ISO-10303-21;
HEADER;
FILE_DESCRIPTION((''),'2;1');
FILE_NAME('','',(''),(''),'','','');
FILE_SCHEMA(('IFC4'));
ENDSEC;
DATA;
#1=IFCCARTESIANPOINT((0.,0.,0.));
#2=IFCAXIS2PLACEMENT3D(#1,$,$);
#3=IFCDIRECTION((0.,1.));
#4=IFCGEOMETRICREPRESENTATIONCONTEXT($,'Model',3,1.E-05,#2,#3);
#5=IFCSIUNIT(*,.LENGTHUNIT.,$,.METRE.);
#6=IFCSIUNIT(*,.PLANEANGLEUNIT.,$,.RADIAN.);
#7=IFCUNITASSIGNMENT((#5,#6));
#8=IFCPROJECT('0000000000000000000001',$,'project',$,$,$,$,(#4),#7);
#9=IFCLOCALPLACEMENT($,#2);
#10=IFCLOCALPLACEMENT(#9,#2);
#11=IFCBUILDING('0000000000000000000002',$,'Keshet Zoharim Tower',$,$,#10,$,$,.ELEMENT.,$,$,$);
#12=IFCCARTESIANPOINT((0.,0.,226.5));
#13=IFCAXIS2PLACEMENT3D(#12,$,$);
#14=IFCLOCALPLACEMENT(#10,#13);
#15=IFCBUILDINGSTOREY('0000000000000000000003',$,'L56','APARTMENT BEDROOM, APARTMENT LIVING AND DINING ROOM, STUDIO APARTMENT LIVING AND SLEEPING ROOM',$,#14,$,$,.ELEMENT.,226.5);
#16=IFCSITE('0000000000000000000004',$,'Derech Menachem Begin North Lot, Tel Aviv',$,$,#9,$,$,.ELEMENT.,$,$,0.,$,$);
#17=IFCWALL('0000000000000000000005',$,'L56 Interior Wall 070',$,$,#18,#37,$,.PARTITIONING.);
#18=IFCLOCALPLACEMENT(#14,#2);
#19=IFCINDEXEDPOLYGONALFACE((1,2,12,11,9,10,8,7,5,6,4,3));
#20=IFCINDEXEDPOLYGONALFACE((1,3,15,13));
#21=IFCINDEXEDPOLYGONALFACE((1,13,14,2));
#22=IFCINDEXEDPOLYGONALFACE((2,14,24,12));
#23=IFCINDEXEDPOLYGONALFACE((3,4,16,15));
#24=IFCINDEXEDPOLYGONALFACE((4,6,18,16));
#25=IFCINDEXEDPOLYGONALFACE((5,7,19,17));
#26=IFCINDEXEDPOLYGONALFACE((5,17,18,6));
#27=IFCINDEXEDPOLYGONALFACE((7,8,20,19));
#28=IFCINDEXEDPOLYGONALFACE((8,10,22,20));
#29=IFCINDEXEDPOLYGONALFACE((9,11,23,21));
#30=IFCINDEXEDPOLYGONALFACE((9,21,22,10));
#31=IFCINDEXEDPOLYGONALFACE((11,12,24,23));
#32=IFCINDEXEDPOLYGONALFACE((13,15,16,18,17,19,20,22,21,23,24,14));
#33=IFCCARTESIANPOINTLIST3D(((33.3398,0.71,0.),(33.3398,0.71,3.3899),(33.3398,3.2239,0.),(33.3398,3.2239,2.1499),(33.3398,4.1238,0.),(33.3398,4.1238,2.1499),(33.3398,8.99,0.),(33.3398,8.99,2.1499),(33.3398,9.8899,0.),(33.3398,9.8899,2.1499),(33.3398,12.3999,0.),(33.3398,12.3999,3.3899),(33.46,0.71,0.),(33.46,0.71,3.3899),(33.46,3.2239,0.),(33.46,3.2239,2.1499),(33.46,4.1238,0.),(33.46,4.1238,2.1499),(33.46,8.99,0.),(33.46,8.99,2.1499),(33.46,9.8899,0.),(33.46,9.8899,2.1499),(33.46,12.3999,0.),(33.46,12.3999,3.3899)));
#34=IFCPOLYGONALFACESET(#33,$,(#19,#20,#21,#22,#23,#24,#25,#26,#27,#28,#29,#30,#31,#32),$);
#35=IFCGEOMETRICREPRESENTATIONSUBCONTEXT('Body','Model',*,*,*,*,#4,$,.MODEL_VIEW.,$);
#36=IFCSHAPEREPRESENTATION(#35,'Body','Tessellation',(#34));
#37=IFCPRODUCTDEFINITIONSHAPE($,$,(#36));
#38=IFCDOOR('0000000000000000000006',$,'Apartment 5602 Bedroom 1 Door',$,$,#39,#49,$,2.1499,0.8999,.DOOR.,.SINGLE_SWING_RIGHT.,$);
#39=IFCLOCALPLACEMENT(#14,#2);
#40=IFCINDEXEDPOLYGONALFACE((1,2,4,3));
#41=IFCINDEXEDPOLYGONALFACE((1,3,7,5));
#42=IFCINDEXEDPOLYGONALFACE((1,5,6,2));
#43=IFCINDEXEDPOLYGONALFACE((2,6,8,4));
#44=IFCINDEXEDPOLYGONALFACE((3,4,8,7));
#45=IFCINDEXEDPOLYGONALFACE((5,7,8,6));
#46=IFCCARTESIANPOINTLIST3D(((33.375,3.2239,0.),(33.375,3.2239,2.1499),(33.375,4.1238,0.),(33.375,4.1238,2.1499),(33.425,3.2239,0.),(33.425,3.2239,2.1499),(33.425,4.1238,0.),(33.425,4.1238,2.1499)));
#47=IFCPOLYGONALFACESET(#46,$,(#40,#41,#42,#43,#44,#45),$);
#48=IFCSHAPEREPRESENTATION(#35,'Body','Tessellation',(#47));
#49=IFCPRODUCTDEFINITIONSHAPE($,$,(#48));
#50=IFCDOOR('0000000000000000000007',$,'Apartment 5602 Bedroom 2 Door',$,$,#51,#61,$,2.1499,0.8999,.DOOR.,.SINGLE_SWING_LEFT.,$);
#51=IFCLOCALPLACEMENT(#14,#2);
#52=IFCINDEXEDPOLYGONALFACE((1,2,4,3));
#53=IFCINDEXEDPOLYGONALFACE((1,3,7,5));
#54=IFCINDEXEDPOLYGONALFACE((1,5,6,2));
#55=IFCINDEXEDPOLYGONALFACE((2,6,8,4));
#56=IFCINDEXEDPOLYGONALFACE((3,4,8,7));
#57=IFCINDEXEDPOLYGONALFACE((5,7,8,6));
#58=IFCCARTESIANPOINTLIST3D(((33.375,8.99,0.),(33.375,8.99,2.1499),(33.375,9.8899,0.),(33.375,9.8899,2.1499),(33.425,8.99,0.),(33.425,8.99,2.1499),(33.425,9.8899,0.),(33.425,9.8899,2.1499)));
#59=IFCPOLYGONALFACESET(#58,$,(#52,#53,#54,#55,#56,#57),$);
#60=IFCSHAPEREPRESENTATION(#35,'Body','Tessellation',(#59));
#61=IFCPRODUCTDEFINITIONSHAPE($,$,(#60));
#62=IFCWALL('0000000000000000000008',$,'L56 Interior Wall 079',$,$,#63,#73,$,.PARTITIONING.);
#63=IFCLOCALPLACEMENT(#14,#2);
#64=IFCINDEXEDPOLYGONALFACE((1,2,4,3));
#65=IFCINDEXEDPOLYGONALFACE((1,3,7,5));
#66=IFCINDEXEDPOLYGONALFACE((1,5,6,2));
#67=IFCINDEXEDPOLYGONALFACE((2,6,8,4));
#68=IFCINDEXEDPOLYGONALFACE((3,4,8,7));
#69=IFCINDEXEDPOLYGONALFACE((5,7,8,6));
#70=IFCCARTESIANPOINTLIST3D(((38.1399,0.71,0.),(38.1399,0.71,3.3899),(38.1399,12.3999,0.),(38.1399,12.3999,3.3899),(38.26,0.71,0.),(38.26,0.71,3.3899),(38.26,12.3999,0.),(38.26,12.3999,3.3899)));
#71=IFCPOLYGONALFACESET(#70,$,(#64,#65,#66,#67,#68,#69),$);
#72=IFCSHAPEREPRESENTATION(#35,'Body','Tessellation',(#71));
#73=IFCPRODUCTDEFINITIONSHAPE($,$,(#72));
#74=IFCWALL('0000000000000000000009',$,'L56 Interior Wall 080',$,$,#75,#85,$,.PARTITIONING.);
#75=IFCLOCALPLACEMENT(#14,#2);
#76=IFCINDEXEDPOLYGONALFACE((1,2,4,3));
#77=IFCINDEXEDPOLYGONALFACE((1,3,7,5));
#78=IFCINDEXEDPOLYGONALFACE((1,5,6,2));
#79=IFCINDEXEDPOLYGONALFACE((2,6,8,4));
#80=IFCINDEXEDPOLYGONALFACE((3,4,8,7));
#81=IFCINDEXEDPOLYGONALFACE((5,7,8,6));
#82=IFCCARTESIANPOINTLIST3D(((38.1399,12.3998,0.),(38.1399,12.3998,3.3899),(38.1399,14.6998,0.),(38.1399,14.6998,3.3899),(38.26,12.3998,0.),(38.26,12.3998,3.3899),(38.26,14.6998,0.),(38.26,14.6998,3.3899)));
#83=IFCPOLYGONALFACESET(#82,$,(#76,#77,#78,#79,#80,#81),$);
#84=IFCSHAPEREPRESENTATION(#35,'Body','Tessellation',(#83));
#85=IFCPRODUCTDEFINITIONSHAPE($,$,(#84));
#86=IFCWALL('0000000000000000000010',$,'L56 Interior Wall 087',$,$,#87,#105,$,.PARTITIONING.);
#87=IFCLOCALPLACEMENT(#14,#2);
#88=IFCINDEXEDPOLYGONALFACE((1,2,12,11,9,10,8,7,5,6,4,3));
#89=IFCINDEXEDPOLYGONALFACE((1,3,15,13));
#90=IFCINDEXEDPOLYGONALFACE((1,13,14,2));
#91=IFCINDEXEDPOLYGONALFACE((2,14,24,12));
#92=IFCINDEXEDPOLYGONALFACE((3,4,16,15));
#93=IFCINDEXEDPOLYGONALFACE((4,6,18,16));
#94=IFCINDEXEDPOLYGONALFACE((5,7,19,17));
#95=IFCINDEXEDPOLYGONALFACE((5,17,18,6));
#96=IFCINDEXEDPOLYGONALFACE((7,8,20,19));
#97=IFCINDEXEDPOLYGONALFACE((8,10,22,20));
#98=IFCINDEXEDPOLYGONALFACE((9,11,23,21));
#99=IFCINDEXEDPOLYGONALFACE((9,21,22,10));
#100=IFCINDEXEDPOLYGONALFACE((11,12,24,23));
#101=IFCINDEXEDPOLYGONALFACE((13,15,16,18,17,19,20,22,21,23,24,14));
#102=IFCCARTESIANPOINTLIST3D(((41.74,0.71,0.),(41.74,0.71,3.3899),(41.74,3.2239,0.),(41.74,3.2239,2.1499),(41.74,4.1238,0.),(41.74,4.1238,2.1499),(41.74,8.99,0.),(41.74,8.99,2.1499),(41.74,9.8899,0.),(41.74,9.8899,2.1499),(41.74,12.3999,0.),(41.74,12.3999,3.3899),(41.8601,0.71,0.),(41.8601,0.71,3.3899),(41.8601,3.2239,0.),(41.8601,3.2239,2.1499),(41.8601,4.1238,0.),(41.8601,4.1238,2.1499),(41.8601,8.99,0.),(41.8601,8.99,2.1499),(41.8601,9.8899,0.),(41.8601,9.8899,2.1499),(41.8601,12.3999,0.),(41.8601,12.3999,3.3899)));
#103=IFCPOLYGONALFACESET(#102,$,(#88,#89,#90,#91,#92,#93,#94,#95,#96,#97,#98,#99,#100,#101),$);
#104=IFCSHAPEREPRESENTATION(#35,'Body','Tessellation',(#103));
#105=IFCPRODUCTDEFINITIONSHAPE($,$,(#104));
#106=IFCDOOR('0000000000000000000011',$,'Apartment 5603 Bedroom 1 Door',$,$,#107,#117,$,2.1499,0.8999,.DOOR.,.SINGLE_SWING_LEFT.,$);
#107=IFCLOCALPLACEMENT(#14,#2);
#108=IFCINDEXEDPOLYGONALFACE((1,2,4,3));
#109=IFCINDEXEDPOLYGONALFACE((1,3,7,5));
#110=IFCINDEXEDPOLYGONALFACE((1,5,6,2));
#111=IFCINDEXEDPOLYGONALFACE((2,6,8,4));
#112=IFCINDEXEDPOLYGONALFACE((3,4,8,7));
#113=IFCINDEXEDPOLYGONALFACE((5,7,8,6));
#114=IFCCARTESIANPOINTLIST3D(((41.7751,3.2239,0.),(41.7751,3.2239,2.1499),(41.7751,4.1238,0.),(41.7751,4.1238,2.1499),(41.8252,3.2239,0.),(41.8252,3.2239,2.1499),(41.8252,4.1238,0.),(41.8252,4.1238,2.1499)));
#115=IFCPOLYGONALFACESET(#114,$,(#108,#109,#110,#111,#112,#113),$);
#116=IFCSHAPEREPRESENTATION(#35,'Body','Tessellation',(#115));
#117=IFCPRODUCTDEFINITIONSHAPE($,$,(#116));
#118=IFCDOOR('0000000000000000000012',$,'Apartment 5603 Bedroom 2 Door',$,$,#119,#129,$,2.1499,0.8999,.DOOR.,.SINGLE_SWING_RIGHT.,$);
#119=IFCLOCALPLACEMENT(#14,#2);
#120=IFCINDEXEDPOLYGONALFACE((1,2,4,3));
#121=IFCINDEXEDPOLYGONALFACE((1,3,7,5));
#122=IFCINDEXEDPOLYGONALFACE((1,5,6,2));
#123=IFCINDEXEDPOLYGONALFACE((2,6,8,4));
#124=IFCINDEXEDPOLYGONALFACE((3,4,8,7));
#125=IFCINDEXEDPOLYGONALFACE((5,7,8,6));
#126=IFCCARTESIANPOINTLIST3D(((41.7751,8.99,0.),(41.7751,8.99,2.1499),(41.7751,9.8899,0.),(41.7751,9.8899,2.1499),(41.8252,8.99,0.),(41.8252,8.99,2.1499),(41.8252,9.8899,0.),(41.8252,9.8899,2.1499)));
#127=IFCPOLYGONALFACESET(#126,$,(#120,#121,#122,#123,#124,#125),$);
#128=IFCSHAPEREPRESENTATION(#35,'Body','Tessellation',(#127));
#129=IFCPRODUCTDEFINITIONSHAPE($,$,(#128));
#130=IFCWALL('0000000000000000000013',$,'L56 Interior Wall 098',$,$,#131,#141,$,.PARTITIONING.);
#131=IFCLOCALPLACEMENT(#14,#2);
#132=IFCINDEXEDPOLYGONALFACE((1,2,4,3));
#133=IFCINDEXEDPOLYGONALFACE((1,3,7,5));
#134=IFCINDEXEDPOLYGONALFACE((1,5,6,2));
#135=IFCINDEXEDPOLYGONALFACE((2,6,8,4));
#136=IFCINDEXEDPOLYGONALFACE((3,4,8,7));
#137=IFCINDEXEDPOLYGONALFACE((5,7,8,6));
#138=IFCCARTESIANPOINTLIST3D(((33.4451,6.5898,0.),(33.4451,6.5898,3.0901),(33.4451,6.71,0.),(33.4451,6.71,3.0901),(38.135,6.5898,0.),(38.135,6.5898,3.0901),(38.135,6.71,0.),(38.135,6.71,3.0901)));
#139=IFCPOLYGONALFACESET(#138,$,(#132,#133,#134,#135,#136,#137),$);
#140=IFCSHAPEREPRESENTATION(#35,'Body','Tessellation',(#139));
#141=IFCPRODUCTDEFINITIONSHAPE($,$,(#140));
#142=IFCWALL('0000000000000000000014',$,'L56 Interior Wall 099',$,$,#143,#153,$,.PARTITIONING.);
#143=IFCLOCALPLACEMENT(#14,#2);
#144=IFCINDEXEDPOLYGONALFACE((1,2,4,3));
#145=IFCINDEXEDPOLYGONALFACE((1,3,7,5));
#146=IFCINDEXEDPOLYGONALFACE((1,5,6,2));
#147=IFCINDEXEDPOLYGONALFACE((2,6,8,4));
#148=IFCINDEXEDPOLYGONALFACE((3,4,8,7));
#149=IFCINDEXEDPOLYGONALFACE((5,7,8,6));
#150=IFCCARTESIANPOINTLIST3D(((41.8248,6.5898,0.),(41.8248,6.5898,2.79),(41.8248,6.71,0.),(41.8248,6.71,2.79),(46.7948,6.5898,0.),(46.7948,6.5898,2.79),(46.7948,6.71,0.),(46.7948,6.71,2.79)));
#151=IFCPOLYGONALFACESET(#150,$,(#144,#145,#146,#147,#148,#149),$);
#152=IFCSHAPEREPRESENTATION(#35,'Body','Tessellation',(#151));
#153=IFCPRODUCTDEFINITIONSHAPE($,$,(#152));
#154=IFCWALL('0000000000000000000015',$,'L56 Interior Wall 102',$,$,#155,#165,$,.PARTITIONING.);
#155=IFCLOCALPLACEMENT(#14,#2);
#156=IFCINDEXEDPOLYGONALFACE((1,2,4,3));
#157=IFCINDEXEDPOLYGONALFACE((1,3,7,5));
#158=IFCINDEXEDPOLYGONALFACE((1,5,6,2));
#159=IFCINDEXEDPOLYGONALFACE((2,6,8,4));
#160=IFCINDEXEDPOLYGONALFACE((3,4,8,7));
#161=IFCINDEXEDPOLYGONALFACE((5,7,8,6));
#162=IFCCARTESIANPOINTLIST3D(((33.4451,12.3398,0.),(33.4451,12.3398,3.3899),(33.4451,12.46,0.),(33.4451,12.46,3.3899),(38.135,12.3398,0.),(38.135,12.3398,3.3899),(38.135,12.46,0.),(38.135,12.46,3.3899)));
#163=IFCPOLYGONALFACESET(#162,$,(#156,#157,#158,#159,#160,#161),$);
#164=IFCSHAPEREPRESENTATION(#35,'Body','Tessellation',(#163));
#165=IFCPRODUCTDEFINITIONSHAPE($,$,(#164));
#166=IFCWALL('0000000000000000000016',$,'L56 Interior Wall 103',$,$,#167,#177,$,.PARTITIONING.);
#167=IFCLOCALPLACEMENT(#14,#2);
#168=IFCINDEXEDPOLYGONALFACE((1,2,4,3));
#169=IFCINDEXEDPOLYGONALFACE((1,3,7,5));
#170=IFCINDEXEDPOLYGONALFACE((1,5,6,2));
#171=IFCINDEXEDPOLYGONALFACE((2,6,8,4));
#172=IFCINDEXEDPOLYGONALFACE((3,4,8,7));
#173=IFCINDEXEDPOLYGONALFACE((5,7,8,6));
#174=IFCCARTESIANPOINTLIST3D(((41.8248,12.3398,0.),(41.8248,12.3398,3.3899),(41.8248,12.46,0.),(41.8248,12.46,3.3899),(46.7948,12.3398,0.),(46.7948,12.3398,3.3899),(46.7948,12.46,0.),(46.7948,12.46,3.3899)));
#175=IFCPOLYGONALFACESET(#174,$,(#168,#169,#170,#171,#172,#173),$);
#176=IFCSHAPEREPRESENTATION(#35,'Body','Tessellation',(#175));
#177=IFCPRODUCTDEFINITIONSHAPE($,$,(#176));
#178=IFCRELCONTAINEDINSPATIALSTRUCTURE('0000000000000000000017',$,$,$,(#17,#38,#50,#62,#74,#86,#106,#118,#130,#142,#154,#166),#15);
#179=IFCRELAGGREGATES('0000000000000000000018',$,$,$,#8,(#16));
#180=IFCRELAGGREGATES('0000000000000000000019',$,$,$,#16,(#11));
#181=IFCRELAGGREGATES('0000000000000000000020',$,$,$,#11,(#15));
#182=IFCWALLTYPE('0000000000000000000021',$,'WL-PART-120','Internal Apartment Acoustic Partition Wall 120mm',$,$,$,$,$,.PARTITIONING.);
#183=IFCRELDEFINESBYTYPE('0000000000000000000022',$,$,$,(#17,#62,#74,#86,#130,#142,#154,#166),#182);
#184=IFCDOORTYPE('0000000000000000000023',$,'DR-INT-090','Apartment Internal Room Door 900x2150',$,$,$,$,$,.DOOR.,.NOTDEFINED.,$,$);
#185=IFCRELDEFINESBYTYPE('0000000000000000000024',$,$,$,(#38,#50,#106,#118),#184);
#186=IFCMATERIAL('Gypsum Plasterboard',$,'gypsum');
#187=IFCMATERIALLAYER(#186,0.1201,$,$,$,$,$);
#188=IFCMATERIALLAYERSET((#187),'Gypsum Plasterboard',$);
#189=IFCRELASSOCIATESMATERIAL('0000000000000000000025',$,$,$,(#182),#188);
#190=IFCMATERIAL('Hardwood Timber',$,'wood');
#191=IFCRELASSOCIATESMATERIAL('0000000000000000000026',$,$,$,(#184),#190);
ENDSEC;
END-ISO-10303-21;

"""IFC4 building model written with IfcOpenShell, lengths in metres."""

from ifc_helpers import new_model, si_unit, direction, frame, frame_2d, origin, place, context, subcontext, project, spatial, rectangle, extrude, material, layer, layer_set, type_object, element, fill, save


model = new_model("IFC4")

# Units and contexts
model_context = context("Model", 3, precision=1e-05, world=origin(), true_north=direction((0.0, 1.0)))
body_context = subcontext(model_context, "Body", "Model", "MODEL_VIEW")
ifc_project = project(units=[si_unit("LENGTHUNIT", "METRE"), si_unit("PLANEANGLEUNIT", "RADIAN")], contexts=[model_context])

# Site, building, storey
site_placement = place(None, origin())
site = spatial("IfcSite", under=ifc_project, at=site_placement, Name="Derech Menachem Begin North Lot, Tel Aviv", CompositionType="ELEMENT", RefElevation=0.0)
building_placement = place(site_placement, origin())
building = spatial("IfcBuilding", under=site, at=building_placement, Name="Keshet Zoharim Tower", CompositionType="ELEMENT")
storey_placement = place(building_placement, frame((0.0, 0.0, 226.5)))
storey = spatial("IfcBuildingStorey", under=building, at=storey_placement, Name="L56", Description="APARTMENT BEDROOM, APARTMENT LIVING AND DINING ROOM, STUDIO APARTMENT LIVING AND SLEEPING ROOM", CompositionType="ELEMENT", Elevation=226.5)

# Shared definitions
ifc_material_1 = material(Name="Gypsum Plasterboard", Category="gypsum")
ifc_layer_1 = layer(ifc_material_1, 0.1201)
ifc_layer_set_1 = layer_set([ifc_layer_1], Name="Gypsum Plasterboard")
wall_type = type_object("IfcWallType", Name="WL-PART-120", Description="Internal Apartment Acoustic Partition Wall 120mm", PredefinedType="PARTITIONING", material=ifc_layer_set_1)

# Wall, openings, doors
wall_1_placement = place(storey_placement, frame((33.3999, 0.71, 0.0), z_axis=(0.0, 0.0, 1.0), x_axis=(0.0, 1.0, 0.0)))
wall_1 = element("IfcWall", 1, at=wall_1_placement, inside=storey, type_object=wall_type, Name="L56 Interior Wall 070", PredefinedType="PARTITIONING", context=body_context, shape_type="SweptSolid", body=[
    extrude(rectangle(XDim=11.6899, YDim=0.1201, at=frame_2d((5.845, 0.0))), origin(), (0.0, 0.0, 1.0), 3.3899),
])
opening_1_placement = place(wall_1_placement, frame((2.5139, 0.0, 0.0)))
opening_1 = element("IfcOpeningElement", 2, at=opening_1_placement, cuts=wall_1, PredefinedType="OPENING", context=body_context, shape_type="SweptSolid", body=[
    extrude(rectangle(XDim=0.8999, YDim=2.1499, at=frame_2d((0.45, 1.075))), frame((0.0, 0.0701, 0.0), z_axis=(0.0, -1.0, 0.0), x_axis=(1.0, 0.0, 0.0)), (0.0, 0.0, 1.0), 0.1401),
])
opening_2_placement = place(wall_1_placement, frame((8.28, 0.0, 0.0)))
opening_2 = element("IfcOpeningElement", 3, at=opening_2_placement, cuts=wall_1, PredefinedType="OPENING", context=body_context, shape_type="SweptSolid", body=[
    extrude(rectangle(XDim=0.8999, YDim=2.1499, at=frame_2d((0.45, 1.075))), frame((0.0, 0.0701, 0.0), z_axis=(0.0, -1.0, 0.0), x_axis=(1.0, 0.0, 0.0)), (0.0, 0.0, 1.0), 0.1401),
])
ifc_material_2 = material(Name="Hardwood Timber", Category="wood")
door_type = type_object("IfcDoorType", Name="DR-INT-090", Description="Apartment Internal Room Door 900x2150", OperationType="NOTDEFINED", PredefinedType="DOOR", material=ifc_material_2)
door_1_placement = place(opening_1_placement, origin())
door_1 = element("IfcDoor", 4, at=door_1_placement, inside=storey, type_object=door_type, Name="Apartment 5602 Bedroom 1 Door", OperationType="SINGLE_SWING_RIGHT", OverallHeight=2.1499, OverallWidth=0.8999, PredefinedType="DOOR", context=body_context, shape_type="SweptSolid", body=[
    extrude(rectangle(XDim=0.8999, YDim=2.1499, at=frame_2d((0.45, 1.075))), frame((0.0, 0.0249, 0.0), z_axis=(0.0, -1.0, 0.0), x_axis=(1.0, 0.0, 0.0)), (0.0, 0.0, 1.0), 0.05),
])
fill(opening_1, door_1)
door_2_placement = place(opening_2_placement, origin())
door_2 = element("IfcDoor", 5, at=door_2_placement, inside=storey, type_object=door_type, Name="Apartment 5602 Bedroom 2 Door", OperationType="SINGLE_SWING_LEFT", OverallHeight=2.1499, OverallWidth=0.8999, PredefinedType="DOOR", context=body_context, shape_type="SweptSolid", body=[
    extrude(rectangle(XDim=0.8999, YDim=2.1499, at=frame_2d((0.45, 1.075))), frame((0.0, 0.0249, 0.0), z_axis=(0.0, -1.0, 0.0), x_axis=(1.0, 0.0, 0.0)), (0.0, 0.0, 1.0), 0.05),
])
fill(opening_2, door_2)

# Walls
wall_2_placement = place(storey_placement, frame((38.2, 0.71, 0.0), z_axis=(0.0, 0.0, 1.0), x_axis=(0.0, 1.0, 0.0)))
element("IfcWall", 6, at=wall_2_placement, inside=storey, type_object=wall_type, Name="L56 Interior Wall 079", PredefinedType="PARTITIONING", context=body_context, shape_type="SweptSolid", body=[
    extrude(rectangle(XDim=11.6899, YDim=0.1201, at=frame_2d((5.845, 0.0))), origin(), (0.0, 0.0, 1.0), 3.3899),
])
wall_3_placement = place(storey_placement, frame((38.2, 12.3999, 0.0), z_axis=(0.0, 0.0, 1.0), x_axis=(0.0, 1.0, 0.0)))
element("IfcWall", 7, at=wall_3_placement, inside=storey, type_object=wall_type, Name="L56 Interior Wall 080", PredefinedType="PARTITIONING", context=body_context, shape_type="SweptSolid", body=[
    extrude(rectangle(XDim=2.3, YDim=0.1201, at=frame_2d((1.1499, 0.0))), origin(), (0.0, 0.0, 1.0), 3.3899),
])

# Wall, openings, doors
wall_4_placement = place(storey_placement, frame((41.8, 0.71, 0.0), z_axis=(0.0, 0.0, 1.0), x_axis=(0.0, 1.0, 0.0)))
wall_4 = element("IfcWall", 8, at=wall_4_placement, inside=storey, type_object=wall_type, Name="L56 Interior Wall 087", PredefinedType="PARTITIONING", context=body_context, shape_type="SweptSolid", body=[
    extrude(rectangle(XDim=11.6899, YDim=0.1201, at=frame_2d((5.845, 0.0))), origin(), (0.0, 0.0, 1.0), 3.3899),
])
opening_3_placement = place(wall_4_placement, frame((2.5139, 0.0, 0.0)))
opening_3 = element("IfcOpeningElement", 9, at=opening_3_placement, cuts=wall_4, PredefinedType="OPENING", context=body_context, shape_type="SweptSolid", body=[
    extrude(rectangle(XDim=0.8999, YDim=2.1499, at=frame_2d((0.45, 1.075))), frame((0.0, 0.0701, 0.0), z_axis=(0.0, -1.0, 0.0), x_axis=(1.0, 0.0, 0.0)), (0.0, 0.0, 1.0), 0.1401),
])
opening_4_placement = place(wall_4_placement, frame((8.28, 0.0, 0.0)))
opening_4 = element("IfcOpeningElement", 10, at=opening_4_placement, cuts=wall_4, PredefinedType="OPENING", context=body_context, shape_type="SweptSolid", body=[
    extrude(rectangle(XDim=0.8999, YDim=2.1499, at=frame_2d((0.45, 1.075))), frame((0.0, 0.0701, 0.0), z_axis=(0.0, -1.0, 0.0), x_axis=(1.0, 0.0, 0.0)), (0.0, 0.0, 1.0), 0.1401),
])
door_3_placement = place(opening_3_placement, origin())
door_3 = element("IfcDoor", 11, at=door_3_placement, inside=storey, type_object=door_type, Name="Apartment 5603 Bedroom 1 Door", OperationType="SINGLE_SWING_LEFT", OverallHeight=2.1499, OverallWidth=0.8999, PredefinedType="DOOR", context=body_context, shape_type="SweptSolid", body=[
    extrude(rectangle(XDim=0.8999, YDim=2.1499, at=frame_2d((0.45, 1.075))), frame((0.0, 0.0249, 0.0), z_axis=(0.0, -1.0, 0.0), x_axis=(1.0, 0.0, 0.0)), (0.0, 0.0, 1.0), 0.05),
])
fill(opening_3, door_3)
door_4_placement = place(opening_4_placement, origin())
door_4 = element("IfcDoor", 12, at=door_4_placement, inside=storey, type_object=door_type, Name="Apartment 5603 Bedroom 2 Door", OperationType="SINGLE_SWING_RIGHT", OverallHeight=2.1499, OverallWidth=0.8999, PredefinedType="DOOR", context=body_context, shape_type="SweptSolid", body=[
    extrude(rectangle(XDim=0.8999, YDim=2.1499, at=frame_2d((0.45, 1.075))), frame((0.0, 0.0249, 0.0), z_axis=(0.0, -1.0, 0.0), x_axis=(1.0, 0.0, 0.0)), (0.0, 0.0, 1.0), 0.05),
])
fill(opening_4, door_4)

# Walls
wall_5_placement = place(storey_placement, frame((33.4451, 6.6499, 0.0), z_axis=(0.0, 0.0, 1.0), x_axis=(1.0, 0.0, 0.0)))
element("IfcWall", 13, at=wall_5_placement, inside=storey, type_object=wall_type, Name="L56 Interior Wall 098", PredefinedType="PARTITIONING", context=body_context, shape_type="SweptSolid", body=[
    extrude(rectangle(XDim=4.6899, YDim=0.1201, at=frame_2d((2.345, 0.0))), origin(), (0.0, 0.0, 1.0), 3.0901),
])
wall_6_placement = place(storey_placement, frame((41.825, 6.6499, 0.0), z_axis=(0.0, 0.0, 1.0), x_axis=(1.0, 0.0, 0.0)))
element("IfcWall", 14, at=wall_6_placement, inside=storey, type_object=wall_type, Name="L56 Interior Wall 099", PredefinedType="PARTITIONING", context=body_context, shape_type="SweptSolid", body=[
    extrude(rectangle(XDim=4.97, YDim=0.1201, at=frame_2d((2.4849, 0.0))), origin(), (0.0, 0.0, 1.0), 2.79),
])
wall_7_placement = place(storey_placement, frame((33.4451, 12.3999, 0.0), z_axis=(0.0, 0.0, 1.0), x_axis=(1.0, 0.0, 0.0)))
element("IfcWall", 15, at=wall_7_placement, inside=storey, type_object=wall_type, Name="L56 Interior Wall 102", PredefinedType="PARTITIONING", context=body_context, shape_type="SweptSolid", body=[
    extrude(rectangle(XDim=4.6899, YDim=0.1201, at=frame_2d((2.345, 0.0))), origin(), (0.0, 0.0, 1.0), 3.3899),
])
wall_8_placement = place(storey_placement, frame((41.825, 12.3999, 0.0), z_axis=(0.0, 0.0, 1.0), x_axis=(1.0, 0.0, 0.0)))
element("IfcWall", 16, at=wall_8_placement, inside=storey, type_object=wall_type, Name="L56 Interior Wall 103", PredefinedType="PARTITIONING", context=body_context, shape_type="SweptSolid", body=[
    extrude(rectangle(XDim=4.97, YDim=0.1201, at=frame_2d((2.4849, 0.0))), origin(), (0.0, 0.0, 1.0), 3.3899),
])

save(model, "model.ifc")
